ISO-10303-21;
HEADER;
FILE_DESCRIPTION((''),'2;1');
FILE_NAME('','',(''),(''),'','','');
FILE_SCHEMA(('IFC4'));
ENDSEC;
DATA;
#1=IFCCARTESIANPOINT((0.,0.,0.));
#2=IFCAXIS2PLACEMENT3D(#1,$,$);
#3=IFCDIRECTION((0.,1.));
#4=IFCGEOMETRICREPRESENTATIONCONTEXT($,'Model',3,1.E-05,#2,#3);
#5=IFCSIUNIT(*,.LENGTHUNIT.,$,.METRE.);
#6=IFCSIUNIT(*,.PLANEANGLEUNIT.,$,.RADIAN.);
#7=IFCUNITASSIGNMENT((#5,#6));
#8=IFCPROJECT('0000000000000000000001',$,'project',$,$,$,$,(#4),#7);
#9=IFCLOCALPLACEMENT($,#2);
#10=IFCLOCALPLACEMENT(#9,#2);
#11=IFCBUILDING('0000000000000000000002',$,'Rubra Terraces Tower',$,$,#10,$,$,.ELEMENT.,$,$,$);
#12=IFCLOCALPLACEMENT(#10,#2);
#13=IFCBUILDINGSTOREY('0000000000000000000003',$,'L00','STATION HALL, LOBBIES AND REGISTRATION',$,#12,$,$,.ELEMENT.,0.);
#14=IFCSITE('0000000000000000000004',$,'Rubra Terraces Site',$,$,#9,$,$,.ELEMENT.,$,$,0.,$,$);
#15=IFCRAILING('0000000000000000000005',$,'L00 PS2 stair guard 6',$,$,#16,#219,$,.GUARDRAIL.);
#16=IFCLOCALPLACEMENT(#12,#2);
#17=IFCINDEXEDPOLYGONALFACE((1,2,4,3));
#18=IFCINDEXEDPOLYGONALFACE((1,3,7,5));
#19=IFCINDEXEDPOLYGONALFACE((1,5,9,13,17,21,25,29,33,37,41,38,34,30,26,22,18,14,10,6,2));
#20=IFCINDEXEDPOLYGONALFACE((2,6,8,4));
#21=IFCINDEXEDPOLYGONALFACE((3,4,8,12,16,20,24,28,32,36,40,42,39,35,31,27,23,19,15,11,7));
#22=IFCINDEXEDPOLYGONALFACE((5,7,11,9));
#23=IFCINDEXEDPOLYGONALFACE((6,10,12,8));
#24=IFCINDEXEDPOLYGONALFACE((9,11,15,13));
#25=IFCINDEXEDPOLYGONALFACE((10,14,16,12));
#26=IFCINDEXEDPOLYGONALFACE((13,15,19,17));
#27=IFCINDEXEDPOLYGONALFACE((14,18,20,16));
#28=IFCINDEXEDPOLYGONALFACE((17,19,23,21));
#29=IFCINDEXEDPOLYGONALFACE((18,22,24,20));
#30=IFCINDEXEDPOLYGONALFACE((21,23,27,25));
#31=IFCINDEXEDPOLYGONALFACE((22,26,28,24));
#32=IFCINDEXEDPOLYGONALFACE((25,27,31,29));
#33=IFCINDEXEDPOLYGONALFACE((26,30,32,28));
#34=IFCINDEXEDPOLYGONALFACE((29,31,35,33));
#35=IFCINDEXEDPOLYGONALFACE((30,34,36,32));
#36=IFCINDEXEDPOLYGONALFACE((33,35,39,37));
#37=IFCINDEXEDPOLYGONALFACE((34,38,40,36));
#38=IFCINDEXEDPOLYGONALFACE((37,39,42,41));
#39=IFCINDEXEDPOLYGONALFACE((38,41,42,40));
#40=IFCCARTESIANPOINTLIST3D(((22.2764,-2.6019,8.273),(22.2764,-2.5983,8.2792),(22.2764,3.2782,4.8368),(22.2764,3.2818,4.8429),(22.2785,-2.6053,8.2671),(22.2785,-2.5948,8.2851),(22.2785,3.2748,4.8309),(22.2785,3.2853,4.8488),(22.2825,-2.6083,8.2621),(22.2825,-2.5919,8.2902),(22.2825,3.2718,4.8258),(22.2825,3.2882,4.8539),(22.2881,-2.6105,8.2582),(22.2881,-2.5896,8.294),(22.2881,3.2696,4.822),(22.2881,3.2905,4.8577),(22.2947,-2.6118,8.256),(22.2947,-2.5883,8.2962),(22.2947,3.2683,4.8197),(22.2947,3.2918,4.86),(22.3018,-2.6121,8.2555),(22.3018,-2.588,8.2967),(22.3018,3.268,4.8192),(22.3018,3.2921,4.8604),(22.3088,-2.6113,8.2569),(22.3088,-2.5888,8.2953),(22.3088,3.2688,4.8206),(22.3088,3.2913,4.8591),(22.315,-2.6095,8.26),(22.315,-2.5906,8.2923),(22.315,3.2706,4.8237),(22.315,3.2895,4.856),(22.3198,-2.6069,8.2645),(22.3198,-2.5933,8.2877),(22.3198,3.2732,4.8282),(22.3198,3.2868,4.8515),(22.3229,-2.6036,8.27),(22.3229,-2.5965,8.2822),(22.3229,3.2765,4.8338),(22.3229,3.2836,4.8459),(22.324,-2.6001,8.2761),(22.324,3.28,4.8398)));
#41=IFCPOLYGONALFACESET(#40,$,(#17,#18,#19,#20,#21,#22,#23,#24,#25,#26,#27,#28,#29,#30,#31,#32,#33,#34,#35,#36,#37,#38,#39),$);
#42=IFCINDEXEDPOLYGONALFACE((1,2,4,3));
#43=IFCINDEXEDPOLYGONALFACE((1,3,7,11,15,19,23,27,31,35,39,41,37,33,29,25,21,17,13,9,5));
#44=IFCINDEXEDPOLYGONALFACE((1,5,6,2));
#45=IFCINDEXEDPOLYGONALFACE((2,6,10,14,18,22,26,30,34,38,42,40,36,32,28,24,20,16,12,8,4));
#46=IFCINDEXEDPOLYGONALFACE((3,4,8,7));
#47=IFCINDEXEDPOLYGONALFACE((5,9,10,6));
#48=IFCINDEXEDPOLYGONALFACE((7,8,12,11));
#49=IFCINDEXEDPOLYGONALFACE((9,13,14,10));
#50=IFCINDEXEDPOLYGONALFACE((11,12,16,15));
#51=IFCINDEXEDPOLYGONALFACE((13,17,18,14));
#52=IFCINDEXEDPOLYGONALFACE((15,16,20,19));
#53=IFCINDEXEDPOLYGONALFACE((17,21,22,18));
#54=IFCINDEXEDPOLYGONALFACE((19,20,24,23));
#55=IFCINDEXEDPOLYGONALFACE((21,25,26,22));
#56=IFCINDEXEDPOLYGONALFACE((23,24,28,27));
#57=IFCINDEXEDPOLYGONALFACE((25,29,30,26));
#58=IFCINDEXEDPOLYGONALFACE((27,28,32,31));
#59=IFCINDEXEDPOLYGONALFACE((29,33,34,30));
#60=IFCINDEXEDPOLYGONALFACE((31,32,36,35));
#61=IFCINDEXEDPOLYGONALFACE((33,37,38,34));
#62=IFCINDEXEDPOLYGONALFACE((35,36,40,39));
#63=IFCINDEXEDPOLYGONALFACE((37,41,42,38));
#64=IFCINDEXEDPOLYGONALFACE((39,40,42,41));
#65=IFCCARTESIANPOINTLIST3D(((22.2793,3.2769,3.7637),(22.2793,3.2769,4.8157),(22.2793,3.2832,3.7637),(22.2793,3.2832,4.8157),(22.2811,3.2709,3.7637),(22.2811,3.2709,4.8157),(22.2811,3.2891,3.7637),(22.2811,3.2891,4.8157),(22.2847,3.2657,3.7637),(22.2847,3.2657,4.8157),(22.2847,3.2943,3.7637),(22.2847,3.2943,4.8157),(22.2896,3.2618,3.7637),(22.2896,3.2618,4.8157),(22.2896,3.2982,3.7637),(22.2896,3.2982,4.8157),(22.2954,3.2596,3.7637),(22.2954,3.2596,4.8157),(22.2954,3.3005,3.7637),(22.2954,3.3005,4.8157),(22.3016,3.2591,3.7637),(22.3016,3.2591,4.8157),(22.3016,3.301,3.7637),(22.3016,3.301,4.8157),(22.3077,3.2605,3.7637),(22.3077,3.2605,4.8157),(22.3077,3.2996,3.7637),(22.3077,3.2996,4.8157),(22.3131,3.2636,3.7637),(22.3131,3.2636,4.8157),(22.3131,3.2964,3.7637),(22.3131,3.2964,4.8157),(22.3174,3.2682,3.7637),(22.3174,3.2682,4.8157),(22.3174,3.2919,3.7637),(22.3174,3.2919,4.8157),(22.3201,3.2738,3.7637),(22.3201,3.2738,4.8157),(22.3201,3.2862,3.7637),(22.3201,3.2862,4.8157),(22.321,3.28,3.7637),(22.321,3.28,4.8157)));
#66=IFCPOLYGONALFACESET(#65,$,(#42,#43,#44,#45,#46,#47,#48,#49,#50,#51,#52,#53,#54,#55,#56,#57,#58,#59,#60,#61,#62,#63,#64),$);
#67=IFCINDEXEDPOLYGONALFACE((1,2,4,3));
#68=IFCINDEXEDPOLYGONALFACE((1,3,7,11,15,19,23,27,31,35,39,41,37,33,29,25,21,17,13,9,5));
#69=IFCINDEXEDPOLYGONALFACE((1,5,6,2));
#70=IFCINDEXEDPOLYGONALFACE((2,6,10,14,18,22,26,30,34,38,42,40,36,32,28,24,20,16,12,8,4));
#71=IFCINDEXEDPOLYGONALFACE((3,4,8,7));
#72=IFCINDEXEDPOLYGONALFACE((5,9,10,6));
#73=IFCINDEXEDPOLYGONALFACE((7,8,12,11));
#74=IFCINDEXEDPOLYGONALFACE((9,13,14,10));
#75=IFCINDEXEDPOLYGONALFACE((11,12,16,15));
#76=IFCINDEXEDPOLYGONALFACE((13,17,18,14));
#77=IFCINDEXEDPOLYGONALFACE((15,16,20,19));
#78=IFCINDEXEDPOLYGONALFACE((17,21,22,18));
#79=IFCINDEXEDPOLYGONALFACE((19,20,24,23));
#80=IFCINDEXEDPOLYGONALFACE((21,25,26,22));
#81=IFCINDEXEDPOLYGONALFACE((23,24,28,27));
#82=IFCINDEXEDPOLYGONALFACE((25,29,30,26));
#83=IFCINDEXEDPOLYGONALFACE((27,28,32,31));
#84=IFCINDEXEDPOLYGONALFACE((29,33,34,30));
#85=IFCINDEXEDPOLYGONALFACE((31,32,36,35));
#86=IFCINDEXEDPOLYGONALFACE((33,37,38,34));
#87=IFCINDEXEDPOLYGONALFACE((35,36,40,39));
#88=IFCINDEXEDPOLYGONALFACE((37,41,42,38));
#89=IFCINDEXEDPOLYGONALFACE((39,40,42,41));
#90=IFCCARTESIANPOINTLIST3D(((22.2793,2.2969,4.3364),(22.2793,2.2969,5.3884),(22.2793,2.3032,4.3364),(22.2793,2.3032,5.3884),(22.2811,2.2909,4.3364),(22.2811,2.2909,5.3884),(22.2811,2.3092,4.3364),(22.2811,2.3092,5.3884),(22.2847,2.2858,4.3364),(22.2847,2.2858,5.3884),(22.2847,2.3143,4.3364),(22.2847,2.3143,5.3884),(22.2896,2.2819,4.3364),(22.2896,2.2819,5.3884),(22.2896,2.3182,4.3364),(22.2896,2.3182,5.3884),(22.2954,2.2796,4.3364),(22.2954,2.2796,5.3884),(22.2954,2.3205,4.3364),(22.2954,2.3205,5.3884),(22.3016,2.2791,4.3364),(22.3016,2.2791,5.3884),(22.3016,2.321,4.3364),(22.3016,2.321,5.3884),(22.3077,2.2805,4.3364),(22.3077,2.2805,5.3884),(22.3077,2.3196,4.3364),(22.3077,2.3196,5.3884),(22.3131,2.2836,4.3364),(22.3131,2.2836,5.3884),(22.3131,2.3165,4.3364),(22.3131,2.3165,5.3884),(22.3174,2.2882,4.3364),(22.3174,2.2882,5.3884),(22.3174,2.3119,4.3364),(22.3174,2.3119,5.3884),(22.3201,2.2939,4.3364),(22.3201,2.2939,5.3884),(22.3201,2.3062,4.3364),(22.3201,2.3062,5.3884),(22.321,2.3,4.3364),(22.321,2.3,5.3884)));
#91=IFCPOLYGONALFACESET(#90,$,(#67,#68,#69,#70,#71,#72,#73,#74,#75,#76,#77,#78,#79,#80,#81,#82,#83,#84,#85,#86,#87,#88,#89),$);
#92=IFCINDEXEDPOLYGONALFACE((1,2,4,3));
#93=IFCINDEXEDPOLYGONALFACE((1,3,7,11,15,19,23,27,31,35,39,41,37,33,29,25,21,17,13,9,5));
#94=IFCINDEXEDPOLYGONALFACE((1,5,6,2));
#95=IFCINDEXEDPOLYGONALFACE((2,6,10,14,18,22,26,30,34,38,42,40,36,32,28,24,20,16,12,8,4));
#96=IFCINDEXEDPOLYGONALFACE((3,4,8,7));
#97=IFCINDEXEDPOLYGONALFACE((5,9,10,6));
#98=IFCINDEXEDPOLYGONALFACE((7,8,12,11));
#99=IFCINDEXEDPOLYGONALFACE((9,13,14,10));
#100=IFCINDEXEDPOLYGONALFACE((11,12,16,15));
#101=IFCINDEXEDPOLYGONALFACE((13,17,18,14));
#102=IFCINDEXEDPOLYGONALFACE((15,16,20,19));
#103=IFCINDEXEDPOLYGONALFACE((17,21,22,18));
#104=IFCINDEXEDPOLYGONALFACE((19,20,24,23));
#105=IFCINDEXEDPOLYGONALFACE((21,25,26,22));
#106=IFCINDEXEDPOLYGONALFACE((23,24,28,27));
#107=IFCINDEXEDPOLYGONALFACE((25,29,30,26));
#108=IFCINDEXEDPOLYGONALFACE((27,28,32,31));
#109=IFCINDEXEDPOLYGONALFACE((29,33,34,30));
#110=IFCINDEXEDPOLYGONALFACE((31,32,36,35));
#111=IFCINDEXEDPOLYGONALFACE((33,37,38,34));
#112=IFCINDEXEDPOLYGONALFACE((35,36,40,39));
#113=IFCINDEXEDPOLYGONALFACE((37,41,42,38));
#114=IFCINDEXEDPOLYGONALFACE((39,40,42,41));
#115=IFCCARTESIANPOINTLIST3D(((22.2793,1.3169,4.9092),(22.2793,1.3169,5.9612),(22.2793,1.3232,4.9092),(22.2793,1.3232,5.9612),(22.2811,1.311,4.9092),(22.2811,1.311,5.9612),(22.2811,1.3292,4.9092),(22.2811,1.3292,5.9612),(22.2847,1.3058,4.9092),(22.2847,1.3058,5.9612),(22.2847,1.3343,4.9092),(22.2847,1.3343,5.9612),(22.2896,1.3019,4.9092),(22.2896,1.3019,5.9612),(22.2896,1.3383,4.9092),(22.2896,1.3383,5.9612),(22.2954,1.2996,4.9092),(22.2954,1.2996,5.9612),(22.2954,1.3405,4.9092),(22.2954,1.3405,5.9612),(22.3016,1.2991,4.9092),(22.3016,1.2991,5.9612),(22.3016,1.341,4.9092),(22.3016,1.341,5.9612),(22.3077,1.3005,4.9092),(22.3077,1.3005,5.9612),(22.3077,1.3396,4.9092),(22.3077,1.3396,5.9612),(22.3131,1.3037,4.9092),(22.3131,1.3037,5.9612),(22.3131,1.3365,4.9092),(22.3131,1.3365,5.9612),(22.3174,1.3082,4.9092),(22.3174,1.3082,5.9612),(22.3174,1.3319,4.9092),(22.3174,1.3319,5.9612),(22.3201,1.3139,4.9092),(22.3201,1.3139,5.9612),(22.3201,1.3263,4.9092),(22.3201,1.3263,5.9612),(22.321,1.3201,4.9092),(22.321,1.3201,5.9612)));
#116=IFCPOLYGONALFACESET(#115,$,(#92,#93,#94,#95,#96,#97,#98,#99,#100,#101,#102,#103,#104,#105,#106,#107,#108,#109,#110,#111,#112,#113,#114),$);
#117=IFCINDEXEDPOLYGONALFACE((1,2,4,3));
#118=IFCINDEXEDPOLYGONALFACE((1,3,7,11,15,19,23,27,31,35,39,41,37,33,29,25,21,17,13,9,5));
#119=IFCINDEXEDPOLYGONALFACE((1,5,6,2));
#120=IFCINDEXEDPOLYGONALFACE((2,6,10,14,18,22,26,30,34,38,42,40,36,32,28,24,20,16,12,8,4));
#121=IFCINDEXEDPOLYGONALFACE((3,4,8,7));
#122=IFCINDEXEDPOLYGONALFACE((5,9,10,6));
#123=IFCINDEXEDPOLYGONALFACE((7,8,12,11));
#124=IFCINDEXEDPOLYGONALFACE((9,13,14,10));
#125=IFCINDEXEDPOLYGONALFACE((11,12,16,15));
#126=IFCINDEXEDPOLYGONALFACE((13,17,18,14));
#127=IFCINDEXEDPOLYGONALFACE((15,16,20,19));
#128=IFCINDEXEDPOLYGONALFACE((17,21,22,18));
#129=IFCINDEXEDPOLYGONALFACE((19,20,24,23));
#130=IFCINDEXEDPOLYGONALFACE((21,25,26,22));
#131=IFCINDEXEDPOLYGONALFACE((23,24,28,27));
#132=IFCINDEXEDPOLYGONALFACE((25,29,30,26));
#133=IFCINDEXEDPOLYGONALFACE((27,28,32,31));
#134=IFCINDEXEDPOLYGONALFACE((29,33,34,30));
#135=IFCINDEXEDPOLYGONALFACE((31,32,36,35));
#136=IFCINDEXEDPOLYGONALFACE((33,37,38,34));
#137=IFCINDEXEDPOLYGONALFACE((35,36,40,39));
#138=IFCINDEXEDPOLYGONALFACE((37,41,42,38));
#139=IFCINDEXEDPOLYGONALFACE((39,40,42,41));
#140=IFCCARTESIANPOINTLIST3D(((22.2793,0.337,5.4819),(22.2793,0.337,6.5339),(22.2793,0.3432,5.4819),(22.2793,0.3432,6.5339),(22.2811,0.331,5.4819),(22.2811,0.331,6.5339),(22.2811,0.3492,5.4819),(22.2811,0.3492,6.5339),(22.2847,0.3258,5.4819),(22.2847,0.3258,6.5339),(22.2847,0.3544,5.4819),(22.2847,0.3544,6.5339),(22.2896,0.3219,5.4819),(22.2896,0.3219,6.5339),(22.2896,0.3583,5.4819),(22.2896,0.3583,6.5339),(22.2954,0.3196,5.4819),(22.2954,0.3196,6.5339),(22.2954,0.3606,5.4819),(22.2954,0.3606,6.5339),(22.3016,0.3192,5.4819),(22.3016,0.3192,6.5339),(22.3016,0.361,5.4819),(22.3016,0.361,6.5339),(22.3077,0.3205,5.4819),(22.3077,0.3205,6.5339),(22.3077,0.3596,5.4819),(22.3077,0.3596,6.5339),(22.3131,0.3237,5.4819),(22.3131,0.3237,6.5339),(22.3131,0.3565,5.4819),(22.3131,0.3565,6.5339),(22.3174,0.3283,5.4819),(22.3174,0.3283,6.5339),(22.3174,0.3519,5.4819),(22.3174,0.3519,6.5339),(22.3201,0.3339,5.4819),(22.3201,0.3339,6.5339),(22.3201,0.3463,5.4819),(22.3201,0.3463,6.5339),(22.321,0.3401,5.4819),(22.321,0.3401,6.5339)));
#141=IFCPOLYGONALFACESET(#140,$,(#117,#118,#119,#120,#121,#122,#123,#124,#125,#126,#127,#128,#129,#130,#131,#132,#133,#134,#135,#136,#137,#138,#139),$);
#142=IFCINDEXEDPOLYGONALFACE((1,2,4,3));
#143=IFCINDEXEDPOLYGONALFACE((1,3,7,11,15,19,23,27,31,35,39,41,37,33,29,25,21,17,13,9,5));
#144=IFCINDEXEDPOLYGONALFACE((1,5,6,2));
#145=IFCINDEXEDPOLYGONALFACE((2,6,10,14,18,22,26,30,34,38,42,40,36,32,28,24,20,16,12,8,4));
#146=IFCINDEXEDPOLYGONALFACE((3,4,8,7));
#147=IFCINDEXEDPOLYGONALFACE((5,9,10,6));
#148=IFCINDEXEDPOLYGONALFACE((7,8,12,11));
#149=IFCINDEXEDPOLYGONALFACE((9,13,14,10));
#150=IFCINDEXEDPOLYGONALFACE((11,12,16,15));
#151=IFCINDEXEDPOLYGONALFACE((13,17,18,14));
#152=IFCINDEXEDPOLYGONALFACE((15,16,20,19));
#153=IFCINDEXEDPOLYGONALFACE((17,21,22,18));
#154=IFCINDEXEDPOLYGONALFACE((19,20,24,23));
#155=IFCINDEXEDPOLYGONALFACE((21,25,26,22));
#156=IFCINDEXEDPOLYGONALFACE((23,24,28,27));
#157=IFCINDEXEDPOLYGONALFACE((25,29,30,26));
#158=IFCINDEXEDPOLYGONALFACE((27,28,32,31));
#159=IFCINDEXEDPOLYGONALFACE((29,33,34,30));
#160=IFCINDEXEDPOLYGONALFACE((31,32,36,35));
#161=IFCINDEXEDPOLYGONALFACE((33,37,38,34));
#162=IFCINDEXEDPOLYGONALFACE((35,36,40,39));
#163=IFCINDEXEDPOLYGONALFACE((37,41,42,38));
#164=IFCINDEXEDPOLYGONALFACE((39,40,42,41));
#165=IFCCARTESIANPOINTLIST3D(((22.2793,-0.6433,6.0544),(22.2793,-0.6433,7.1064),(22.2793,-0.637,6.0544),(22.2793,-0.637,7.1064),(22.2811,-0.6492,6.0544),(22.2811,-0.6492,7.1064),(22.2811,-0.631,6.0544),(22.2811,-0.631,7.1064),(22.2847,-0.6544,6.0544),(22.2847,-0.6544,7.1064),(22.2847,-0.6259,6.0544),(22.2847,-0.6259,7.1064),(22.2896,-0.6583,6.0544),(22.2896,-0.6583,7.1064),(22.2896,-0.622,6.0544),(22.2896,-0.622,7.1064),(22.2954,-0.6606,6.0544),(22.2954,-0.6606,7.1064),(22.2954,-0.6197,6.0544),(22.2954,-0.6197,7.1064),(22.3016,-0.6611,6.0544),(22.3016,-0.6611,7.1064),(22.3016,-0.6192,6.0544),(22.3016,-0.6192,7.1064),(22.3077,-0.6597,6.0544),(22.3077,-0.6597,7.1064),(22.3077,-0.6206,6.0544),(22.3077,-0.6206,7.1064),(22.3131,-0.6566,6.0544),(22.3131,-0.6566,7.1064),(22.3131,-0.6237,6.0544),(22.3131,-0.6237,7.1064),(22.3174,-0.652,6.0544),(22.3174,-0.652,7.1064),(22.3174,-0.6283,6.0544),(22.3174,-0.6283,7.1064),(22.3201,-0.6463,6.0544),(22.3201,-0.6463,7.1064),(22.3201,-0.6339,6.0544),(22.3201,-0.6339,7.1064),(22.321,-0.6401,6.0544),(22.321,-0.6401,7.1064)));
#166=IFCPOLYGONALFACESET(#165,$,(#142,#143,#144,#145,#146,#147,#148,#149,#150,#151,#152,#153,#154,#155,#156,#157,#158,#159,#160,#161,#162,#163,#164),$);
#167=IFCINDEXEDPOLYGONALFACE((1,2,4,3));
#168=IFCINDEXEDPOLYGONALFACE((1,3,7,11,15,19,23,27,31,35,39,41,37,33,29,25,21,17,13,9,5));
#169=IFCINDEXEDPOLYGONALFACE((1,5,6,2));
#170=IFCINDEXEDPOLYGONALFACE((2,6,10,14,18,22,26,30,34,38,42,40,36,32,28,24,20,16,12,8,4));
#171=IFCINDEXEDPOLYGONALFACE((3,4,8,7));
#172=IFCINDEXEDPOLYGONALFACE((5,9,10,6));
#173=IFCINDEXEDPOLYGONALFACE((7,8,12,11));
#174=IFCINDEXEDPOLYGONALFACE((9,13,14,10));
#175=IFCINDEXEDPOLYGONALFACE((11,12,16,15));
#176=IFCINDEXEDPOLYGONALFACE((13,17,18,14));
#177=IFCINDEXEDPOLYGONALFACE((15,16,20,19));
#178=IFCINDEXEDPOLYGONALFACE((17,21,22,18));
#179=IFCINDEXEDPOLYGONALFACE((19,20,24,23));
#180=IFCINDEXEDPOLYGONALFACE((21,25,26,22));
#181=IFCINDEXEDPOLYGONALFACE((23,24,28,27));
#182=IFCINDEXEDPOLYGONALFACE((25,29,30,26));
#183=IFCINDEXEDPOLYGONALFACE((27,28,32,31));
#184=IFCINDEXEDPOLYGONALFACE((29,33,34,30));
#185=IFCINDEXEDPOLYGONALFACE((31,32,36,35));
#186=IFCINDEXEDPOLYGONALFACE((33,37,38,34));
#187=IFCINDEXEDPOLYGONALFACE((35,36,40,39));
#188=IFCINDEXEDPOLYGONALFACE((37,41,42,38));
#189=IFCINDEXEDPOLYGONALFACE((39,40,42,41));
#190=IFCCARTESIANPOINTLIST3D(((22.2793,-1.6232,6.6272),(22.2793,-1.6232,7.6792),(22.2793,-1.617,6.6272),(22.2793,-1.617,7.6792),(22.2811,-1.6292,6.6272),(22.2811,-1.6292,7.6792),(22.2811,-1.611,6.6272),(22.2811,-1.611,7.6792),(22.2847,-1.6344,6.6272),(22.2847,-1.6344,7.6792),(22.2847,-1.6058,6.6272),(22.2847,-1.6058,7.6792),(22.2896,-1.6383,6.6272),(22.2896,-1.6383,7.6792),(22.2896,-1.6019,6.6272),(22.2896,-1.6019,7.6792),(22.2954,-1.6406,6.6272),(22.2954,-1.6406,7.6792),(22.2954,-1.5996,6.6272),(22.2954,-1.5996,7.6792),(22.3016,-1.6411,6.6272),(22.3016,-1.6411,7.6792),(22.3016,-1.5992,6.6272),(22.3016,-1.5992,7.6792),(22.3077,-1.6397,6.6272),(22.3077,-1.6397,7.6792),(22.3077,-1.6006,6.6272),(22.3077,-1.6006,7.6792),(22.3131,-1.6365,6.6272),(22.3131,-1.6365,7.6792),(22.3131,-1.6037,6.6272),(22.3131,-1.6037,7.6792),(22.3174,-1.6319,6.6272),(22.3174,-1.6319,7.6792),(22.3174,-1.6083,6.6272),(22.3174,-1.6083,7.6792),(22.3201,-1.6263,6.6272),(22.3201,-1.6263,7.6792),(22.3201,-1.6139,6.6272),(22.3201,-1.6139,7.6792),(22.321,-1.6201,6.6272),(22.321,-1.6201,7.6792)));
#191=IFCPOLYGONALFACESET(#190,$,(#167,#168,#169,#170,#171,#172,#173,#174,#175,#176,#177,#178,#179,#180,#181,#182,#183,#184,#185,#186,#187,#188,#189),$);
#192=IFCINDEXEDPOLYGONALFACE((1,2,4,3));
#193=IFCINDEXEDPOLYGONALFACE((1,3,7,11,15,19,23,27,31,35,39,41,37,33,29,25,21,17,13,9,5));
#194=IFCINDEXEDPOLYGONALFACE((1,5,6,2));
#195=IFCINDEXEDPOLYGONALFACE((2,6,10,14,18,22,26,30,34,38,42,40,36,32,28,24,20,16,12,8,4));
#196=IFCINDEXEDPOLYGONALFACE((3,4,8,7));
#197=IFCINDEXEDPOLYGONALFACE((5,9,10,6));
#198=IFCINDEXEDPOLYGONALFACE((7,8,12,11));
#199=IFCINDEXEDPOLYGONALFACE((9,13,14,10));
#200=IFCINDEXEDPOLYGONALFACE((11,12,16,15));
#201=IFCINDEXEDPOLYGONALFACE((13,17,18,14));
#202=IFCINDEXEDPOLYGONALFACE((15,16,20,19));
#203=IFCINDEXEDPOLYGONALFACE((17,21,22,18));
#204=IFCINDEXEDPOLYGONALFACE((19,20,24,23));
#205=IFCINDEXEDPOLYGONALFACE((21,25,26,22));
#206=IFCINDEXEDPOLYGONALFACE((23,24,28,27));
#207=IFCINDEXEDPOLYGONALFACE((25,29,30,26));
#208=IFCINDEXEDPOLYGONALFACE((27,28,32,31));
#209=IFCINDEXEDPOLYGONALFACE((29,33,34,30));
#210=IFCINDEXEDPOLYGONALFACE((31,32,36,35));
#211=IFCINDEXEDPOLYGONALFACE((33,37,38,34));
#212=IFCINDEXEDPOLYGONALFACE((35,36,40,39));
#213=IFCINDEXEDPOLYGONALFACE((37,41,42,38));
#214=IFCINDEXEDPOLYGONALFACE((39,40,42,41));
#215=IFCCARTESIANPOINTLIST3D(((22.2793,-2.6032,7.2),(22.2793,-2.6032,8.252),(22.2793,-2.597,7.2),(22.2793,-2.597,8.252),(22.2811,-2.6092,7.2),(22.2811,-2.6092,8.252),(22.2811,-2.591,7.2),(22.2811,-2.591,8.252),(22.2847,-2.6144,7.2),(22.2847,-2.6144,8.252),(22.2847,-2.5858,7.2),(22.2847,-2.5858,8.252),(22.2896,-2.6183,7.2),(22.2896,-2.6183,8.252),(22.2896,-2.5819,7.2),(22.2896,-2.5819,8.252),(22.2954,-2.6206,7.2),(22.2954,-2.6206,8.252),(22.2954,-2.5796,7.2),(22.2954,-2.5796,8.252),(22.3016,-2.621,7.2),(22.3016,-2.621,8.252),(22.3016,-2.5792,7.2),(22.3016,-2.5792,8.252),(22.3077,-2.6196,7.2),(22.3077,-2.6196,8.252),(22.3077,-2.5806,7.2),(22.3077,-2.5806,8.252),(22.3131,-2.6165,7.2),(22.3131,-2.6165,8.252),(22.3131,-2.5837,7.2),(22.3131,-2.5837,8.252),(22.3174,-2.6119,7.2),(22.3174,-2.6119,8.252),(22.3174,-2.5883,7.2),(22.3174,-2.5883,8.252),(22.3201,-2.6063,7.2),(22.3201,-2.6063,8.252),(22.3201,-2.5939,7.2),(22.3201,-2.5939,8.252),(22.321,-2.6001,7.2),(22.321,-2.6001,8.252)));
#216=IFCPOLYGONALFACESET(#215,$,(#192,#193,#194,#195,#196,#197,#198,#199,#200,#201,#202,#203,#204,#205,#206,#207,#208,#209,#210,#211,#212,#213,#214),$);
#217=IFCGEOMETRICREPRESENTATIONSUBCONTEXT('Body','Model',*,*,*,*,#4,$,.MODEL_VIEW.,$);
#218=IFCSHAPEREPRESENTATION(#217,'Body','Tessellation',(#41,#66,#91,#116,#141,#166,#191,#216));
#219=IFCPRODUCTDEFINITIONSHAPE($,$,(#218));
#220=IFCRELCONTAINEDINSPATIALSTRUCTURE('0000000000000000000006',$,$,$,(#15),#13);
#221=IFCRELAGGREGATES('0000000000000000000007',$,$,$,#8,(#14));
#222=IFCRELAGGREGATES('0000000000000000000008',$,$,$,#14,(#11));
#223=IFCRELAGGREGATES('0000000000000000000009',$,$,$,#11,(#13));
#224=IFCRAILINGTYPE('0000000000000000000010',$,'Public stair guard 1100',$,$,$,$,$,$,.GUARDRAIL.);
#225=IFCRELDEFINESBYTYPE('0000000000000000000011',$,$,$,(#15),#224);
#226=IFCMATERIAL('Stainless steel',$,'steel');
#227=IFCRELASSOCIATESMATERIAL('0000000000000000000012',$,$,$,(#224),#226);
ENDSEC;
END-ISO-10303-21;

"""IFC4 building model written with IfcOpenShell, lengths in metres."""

from ifc_helpers import new_model, si_unit, direction, frame, origin, origin_2d, place, context, subcontext, project, spatial, circle, extrude, material, type_object, element, save


model = new_model("IFC4")

# Units and contexts
model_context = context("Model", 3, precision=1e-05, world=origin(), true_north=direction((0.0, 1.0)))
body_context = subcontext(model_context, "Body", "Model", "MODEL_VIEW")
ifc_project = project(units=[si_unit("LENGTHUNIT", "METRE"), si_unit("PLANEANGLEUNIT", "RADIAN")], contexts=[model_context])

# Site, building, storey
site_placement = place(None, origin())
site = spatial("IfcSite", under=ifc_project, at=site_placement, Name="Rubra Terraces Site", CompositionType="ELEMENT", RefElevation=0.0)
building_placement = place(site_placement, origin())
building = spatial("IfcBuilding", under=site, at=building_placement, Name="Rubra Terraces Tower", CompositionType="ELEMENT")
storey_placement = place(building_placement, origin())
storey = spatial("IfcBuildingStorey", under=building, at=storey_placement, Name="L00", Description="STATION HALL, LOBBIES AND REGISTRATION", CompositionType="ELEMENT", Elevation=0.0)

# Railing
ifc_material_1 = material(Name="Stainless steel", Category="steel")
railing_type_1 = type_object("IfcRailingType", Name="Public stair guard 1100", PredefinedType="GUARDRAIL", material=ifc_material_1)
railing_1_placement = place(storey_placement, frame((22.3, 3.28, 3.7637)))
element("IfcRailing", 1, at=railing_1_placement, inside=storey, type_object=railing_type_1, Name="L00 PS2 stair guard 6", PredefinedType="GUARDRAIL", context=body_context, shape_type="SweptSolid", body=[
    extrude(circle(Radius=0.0239, at=origin_2d()), frame((0.0, 0.0, 1.0762), z_axis=(0.0, -0.863382, 0.504551), x_axis=(1.0, 0.0, 0.0)), (0.0, 0.0, 1.0), 6.8105),
    extrude(circle(Radius=0.021, at=origin_2d()), origin(), (0.0, 0.0, 1.0), 1.052),
    extrude(circle(Radius=0.021, at=origin_2d()), frame((0.0, -0.98, 0.5728)), (0.0, 0.0, 1.0), 1.052),
    extrude(circle(Radius=0.021, at=origin_2d()), frame((0.0, -1.96, 1.1455)), (0.0, 0.0, 1.0), 1.052),
    extrude(circle(Radius=0.021, at=origin_2d()), frame((0.0, -2.9399, 1.7183)), (0.0, 0.0, 1.0), 1.052),
    extrude(circle(Radius=0.021, at=origin_2d()), frame((0.0, -3.9202, 2.2908)), (0.0, 0.0, 1.0), 1.052),
    extrude(circle(Radius=0.021, at=origin_2d()), frame((0.0, -4.9001, 2.8635)), (0.0, 0.0, 1.0), 1.052),
    extrude(circle(Radius=0.021, at=origin_2d()), frame((0.0, -5.8801, 3.4363)), (0.0, 0.0, 1.0), 1.052),
])

save(model, "model.ifc")
